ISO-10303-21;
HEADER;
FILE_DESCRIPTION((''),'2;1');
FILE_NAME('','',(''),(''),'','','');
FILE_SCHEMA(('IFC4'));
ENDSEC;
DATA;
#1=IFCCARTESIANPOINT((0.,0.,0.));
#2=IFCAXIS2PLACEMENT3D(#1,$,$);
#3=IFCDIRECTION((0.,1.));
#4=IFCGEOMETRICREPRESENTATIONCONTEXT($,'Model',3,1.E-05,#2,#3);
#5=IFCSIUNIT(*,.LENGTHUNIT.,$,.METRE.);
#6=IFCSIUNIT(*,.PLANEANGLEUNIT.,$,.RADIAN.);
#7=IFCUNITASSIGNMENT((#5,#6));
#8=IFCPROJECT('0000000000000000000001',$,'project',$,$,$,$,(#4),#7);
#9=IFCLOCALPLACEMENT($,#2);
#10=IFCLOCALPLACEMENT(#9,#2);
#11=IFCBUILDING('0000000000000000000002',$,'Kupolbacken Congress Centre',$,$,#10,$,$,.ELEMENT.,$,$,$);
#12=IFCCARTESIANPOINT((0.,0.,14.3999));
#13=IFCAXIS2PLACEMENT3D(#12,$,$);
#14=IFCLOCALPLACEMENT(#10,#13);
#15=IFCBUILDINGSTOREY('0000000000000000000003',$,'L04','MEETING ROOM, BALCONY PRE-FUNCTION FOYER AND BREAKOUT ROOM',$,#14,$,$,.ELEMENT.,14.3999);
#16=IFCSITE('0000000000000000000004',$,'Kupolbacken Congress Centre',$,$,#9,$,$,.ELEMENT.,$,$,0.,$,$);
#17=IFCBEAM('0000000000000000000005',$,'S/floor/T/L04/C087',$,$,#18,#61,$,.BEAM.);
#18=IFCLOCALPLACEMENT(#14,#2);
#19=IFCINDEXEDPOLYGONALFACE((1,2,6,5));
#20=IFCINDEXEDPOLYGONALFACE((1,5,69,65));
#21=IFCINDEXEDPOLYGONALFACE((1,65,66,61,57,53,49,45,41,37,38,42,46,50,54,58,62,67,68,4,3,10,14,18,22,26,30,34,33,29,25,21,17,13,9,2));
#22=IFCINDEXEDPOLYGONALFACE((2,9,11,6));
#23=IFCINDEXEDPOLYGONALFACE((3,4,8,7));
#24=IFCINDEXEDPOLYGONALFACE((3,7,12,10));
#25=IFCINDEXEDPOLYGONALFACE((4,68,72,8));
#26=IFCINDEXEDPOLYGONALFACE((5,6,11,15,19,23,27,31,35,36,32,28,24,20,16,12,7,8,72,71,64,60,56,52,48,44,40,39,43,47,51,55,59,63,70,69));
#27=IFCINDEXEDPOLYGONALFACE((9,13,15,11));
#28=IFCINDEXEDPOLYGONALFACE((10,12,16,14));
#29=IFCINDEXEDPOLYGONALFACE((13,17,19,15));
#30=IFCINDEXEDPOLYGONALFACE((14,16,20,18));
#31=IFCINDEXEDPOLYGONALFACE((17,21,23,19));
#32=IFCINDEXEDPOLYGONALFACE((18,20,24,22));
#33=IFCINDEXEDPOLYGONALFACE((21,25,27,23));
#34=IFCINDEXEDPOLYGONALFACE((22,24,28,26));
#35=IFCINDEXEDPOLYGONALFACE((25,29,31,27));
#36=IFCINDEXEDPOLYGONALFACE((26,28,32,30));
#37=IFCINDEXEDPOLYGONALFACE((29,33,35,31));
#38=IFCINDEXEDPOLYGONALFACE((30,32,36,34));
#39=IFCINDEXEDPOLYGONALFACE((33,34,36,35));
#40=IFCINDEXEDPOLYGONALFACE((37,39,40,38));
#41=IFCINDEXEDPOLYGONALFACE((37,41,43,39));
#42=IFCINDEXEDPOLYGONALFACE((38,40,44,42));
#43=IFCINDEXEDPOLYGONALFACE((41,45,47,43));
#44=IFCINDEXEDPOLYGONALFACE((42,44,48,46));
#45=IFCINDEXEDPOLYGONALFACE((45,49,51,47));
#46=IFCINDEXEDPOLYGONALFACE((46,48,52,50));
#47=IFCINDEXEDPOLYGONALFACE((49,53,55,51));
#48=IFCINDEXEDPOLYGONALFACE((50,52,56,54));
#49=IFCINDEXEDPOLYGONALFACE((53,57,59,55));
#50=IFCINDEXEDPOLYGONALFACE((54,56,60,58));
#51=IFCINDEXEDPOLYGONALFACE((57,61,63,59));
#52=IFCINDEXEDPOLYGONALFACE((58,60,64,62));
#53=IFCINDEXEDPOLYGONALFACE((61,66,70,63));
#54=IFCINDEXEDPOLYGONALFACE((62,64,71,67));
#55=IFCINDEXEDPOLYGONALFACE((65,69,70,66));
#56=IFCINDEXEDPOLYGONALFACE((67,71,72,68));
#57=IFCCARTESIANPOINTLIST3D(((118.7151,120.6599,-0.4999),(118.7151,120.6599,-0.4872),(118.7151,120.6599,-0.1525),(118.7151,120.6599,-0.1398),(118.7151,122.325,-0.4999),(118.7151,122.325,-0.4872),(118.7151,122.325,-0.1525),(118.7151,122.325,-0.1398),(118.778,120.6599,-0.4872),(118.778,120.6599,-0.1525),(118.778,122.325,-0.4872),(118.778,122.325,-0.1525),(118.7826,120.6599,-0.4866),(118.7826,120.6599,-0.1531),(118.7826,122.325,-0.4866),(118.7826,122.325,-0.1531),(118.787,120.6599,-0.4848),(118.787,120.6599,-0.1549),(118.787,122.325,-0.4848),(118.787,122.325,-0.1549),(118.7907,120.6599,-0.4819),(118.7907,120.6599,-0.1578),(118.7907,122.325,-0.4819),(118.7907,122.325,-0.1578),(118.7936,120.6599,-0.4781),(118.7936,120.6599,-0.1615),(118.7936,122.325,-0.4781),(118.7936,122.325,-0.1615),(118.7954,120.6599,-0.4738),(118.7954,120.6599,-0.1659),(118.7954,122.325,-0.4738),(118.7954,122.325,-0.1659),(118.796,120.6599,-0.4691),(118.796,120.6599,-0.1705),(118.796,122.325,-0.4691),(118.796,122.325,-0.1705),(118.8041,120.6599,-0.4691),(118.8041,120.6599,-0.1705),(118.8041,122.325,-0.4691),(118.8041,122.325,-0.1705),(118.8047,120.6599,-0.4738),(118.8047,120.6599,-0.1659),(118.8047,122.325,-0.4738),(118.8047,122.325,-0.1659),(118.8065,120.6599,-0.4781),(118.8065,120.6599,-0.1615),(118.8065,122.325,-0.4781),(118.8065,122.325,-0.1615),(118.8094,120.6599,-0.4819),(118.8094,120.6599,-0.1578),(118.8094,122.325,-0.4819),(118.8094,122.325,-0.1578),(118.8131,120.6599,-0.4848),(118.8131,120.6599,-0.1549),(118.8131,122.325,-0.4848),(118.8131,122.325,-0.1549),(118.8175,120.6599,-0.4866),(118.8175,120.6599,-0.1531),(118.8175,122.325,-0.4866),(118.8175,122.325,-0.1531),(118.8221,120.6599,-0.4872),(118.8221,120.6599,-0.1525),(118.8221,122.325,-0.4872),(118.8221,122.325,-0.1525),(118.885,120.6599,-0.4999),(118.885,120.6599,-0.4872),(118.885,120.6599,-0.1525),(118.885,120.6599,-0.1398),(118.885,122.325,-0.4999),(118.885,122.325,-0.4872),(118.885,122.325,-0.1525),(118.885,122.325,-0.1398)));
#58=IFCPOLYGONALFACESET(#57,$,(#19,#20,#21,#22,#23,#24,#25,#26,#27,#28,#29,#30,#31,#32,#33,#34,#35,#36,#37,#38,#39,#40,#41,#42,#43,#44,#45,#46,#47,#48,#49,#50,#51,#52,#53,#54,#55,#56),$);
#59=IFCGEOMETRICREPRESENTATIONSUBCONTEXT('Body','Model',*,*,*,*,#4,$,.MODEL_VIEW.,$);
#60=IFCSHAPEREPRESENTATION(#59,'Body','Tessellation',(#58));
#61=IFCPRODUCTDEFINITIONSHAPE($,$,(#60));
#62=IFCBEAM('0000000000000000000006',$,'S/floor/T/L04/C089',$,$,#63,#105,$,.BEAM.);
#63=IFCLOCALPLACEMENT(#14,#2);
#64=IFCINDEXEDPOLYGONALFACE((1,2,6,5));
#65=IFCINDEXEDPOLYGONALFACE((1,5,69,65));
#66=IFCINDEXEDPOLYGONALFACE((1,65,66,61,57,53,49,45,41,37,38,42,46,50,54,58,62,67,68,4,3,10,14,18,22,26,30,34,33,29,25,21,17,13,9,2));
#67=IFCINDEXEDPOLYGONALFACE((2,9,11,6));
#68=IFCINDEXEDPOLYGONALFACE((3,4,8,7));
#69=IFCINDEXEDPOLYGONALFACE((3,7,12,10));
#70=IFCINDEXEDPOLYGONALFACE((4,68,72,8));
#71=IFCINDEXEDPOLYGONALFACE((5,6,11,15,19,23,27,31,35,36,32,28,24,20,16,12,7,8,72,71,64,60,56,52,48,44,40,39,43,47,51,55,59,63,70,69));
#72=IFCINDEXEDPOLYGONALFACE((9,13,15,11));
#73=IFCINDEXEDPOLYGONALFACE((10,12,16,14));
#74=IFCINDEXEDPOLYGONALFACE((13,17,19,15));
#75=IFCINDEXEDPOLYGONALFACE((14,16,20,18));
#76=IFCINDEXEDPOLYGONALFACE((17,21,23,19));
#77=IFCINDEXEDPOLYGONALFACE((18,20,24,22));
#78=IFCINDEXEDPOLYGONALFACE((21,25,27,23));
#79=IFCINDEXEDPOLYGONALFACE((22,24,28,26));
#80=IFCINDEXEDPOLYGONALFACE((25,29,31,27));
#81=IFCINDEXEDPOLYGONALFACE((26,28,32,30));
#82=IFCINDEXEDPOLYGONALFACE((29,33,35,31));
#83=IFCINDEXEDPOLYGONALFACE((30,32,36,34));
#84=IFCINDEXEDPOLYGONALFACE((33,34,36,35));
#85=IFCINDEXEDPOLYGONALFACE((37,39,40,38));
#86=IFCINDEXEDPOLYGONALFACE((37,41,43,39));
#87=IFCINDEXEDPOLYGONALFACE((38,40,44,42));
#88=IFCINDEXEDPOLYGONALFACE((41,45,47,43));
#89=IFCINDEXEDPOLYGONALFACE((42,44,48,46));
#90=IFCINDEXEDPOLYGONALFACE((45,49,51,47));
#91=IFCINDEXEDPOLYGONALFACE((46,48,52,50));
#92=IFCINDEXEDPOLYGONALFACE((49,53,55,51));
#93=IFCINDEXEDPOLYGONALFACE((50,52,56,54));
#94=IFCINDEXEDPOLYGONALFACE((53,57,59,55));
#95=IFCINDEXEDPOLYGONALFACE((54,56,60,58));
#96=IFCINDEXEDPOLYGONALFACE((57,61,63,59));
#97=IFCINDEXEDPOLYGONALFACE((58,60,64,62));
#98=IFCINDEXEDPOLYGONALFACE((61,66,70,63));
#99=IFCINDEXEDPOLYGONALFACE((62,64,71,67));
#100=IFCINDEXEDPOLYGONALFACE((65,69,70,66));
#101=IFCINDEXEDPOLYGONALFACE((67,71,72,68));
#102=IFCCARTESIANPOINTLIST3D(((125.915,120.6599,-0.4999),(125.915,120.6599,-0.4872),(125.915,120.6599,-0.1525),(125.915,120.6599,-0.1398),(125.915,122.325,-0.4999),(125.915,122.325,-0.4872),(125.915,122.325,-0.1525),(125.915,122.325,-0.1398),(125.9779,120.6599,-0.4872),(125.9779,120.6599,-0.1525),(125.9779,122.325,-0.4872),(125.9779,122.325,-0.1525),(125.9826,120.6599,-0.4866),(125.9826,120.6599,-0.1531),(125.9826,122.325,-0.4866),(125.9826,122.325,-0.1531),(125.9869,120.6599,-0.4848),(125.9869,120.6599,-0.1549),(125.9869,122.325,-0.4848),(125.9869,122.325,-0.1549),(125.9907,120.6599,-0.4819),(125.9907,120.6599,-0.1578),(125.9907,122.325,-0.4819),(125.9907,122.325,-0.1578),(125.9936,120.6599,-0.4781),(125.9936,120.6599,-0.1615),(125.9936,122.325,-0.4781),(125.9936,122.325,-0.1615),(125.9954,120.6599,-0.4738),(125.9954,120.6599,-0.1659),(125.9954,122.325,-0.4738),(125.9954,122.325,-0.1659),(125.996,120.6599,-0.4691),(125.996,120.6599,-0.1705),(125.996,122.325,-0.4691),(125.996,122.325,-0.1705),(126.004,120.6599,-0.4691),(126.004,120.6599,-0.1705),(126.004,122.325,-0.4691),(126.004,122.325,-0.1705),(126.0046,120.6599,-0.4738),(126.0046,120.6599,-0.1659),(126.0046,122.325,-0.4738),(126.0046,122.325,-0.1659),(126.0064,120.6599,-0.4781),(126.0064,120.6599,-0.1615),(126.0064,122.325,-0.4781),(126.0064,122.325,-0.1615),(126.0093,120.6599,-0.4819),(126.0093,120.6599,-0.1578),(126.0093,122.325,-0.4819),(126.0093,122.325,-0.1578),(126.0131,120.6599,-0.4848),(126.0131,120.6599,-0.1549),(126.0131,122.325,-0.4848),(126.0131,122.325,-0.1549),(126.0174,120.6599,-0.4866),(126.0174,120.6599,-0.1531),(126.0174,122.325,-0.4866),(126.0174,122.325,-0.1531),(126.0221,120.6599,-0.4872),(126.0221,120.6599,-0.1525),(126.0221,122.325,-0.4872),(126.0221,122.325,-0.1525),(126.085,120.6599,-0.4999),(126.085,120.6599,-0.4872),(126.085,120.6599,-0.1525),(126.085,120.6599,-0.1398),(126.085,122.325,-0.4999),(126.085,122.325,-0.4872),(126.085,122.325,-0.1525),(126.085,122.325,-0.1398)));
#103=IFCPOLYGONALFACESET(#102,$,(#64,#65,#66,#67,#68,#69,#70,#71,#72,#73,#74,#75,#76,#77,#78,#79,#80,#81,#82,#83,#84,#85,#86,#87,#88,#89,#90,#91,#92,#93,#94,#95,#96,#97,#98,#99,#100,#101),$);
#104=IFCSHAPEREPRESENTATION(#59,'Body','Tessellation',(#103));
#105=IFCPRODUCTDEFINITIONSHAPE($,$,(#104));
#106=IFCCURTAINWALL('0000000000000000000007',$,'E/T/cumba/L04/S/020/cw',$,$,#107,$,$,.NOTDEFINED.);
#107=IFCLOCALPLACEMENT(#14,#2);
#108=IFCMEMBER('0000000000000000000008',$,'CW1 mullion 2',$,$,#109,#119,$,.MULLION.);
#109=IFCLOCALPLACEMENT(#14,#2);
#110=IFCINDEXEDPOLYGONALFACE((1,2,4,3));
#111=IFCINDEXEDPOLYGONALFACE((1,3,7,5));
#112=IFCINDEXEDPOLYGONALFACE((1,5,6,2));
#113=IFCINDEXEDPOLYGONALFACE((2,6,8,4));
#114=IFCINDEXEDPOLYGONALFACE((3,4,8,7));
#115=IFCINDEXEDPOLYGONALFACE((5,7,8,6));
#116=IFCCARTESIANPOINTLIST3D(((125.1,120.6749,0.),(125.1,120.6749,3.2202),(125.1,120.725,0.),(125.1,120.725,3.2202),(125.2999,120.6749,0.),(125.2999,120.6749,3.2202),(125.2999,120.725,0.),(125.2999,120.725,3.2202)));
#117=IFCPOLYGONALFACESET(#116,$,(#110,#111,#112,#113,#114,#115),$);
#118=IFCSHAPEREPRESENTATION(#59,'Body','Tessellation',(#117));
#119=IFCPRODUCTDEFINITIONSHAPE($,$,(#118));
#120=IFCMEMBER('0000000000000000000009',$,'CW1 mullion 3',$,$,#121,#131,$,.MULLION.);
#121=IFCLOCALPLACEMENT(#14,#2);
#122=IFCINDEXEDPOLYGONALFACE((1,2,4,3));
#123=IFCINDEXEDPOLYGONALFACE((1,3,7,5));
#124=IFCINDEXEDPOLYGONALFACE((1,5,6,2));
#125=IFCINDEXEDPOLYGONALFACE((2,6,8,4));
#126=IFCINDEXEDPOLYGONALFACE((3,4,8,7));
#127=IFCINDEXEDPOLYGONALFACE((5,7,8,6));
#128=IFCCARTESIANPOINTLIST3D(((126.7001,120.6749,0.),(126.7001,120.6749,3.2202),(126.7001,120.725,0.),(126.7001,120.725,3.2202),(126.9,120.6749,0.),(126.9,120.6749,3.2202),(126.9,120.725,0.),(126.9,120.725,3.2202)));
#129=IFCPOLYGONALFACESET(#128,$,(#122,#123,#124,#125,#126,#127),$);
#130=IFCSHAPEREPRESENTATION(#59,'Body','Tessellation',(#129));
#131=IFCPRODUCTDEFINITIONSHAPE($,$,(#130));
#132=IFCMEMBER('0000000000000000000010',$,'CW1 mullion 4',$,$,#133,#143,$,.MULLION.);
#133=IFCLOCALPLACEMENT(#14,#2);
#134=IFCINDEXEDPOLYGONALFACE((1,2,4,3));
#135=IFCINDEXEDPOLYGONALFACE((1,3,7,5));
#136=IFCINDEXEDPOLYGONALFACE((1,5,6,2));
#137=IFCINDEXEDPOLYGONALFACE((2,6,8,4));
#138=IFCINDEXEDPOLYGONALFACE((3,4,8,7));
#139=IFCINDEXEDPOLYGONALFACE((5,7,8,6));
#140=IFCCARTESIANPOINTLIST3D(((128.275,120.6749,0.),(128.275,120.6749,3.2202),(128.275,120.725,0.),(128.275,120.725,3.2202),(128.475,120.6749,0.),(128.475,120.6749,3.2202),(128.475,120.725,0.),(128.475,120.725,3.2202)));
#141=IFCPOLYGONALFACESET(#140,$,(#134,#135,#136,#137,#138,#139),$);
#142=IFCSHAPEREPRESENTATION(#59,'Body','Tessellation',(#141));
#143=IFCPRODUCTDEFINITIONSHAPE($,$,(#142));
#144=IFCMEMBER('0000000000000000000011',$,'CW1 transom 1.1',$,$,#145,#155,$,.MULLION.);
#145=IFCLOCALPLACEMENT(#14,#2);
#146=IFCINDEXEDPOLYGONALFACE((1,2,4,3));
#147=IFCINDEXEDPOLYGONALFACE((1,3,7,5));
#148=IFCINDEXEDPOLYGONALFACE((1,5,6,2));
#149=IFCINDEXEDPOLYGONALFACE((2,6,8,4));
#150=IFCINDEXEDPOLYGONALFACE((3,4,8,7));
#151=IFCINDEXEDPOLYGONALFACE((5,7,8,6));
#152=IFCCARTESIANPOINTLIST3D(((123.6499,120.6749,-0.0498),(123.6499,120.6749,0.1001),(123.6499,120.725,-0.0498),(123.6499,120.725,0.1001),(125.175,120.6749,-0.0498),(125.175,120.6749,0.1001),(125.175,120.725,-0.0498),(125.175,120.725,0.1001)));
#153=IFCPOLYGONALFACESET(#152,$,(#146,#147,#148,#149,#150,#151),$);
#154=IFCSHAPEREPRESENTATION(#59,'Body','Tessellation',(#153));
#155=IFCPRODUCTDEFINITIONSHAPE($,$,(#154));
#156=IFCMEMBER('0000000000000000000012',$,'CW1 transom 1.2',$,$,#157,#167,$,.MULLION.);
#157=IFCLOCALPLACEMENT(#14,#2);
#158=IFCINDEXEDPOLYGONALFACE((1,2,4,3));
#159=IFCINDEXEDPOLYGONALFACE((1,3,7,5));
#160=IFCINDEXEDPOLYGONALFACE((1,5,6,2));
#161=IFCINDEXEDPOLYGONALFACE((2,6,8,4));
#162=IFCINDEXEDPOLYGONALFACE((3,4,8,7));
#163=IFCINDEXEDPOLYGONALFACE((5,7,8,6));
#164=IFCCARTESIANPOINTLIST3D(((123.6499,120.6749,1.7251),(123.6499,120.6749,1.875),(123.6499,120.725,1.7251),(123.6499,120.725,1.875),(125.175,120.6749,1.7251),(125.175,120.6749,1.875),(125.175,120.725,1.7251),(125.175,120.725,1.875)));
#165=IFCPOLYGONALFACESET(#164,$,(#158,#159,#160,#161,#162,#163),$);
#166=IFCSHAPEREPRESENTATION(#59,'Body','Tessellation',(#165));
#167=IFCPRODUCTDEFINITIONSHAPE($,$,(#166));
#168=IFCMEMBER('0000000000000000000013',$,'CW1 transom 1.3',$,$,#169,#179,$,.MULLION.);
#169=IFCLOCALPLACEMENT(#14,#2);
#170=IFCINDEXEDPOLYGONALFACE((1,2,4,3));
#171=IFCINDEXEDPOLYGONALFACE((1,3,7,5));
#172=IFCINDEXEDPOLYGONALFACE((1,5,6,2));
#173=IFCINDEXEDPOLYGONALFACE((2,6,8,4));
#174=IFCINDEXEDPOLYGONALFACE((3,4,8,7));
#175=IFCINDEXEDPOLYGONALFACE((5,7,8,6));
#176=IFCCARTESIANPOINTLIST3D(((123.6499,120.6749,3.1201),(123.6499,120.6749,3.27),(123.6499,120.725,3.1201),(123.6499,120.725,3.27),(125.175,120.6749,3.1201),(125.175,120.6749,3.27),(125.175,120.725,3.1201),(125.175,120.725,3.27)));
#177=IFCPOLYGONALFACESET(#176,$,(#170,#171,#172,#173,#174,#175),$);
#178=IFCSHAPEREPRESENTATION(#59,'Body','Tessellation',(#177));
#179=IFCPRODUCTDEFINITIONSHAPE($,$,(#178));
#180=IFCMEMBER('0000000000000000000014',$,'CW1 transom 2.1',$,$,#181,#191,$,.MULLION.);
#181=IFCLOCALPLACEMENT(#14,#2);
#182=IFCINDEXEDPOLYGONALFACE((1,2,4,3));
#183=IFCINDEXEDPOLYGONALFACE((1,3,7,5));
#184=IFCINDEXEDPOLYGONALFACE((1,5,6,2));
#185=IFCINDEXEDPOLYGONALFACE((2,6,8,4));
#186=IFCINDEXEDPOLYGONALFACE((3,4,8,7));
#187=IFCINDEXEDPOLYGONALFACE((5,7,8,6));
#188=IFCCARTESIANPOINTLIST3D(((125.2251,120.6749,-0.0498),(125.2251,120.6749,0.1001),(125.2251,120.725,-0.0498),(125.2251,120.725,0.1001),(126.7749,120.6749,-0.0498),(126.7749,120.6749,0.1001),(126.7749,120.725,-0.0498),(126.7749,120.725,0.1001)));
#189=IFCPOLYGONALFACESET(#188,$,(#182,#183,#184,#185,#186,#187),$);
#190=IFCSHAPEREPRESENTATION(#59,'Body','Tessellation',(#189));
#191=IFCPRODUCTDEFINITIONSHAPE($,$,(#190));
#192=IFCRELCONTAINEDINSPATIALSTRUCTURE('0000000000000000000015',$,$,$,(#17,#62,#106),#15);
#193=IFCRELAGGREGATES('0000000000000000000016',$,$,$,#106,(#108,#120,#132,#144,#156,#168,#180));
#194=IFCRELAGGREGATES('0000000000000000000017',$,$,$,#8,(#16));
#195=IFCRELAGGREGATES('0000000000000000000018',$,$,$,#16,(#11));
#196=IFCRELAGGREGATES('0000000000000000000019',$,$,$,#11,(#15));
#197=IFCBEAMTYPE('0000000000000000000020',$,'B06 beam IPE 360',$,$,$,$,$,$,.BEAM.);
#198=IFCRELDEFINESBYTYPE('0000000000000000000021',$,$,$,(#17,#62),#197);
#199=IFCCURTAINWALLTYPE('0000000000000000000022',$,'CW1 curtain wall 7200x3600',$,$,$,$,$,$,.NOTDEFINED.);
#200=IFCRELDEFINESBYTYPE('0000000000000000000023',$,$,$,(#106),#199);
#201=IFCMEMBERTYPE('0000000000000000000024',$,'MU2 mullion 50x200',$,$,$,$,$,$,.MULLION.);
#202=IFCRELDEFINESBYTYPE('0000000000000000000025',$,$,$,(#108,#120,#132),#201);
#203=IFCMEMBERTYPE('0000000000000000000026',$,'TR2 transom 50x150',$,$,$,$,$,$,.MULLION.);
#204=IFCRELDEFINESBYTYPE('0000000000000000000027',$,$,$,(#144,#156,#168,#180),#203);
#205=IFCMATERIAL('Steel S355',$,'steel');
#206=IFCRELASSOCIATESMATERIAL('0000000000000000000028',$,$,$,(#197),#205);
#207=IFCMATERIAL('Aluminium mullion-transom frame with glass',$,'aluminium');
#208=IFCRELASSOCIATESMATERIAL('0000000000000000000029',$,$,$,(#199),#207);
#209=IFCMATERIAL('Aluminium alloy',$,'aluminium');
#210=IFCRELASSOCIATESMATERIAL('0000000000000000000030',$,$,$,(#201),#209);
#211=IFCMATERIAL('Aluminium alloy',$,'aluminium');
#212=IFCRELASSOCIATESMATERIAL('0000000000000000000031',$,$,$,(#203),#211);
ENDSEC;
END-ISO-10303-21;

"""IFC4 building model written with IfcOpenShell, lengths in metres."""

from ifc_helpers import new_model, si_unit, direction, frame, origin, origin_2d, place, context, subcontext, project, spatial, rectangle, i_section, extrude, material, material_profile, profile_set, type_object, element, aggregate, save


model = new_model("IFC4")

# Units and contexts
model_context = context("Model", 3, precision=1e-05, world=origin(), true_north=direction((0.0, 1.0)))
body_context = subcontext(model_context, "Body", "Model", "MODEL_VIEW")
ifc_project = project(units=[si_unit("LENGTHUNIT", "METRE"), si_unit("PLANEANGLEUNIT", "RADIAN")], contexts=[model_context])

# Site, building, storey
site_placement = place(None, origin())
site = spatial("IfcSite", under=ifc_project, at=site_placement, Name="Kupolbacken Congress Centre", CompositionType="ELEMENT", RefElevation=0.0)
building_placement = place(site_placement, origin())
building = spatial("IfcBuilding", under=site, at=building_placement, Name="Kupolbacken Congress Centre", CompositionType="ELEMENT")
storey_placement = place(building_placement, frame((0.0, 0.0, 14.3999)))
storey = spatial("IfcBuildingStorey", under=building, at=storey_placement, Name="L04", Description="MEETING ROOM, BALCONY PRE-FUNCTION FOYER AND BREAKOUT ROOM", CompositionType="ELEMENT", Elevation=14.3999)

# Beams
ifc_material_1 = material(Name="Steel S355", Category="steel")
ifc_material_profile_1 = material_profile(ifc_material_1, i_section(OverallWidth=0.1699, OverallDepth=0.3601, WebThickness=0.0081, FlangeThickness=0.0127, FilletRadius=0.0181, at=origin_2d()), Name="IPE 360")
ifc_profile_set_1 = profile_set([ifc_material_profile_1], Name="Steel S355")
beam_type = type_object("IfcBeamType", Name="B06 beam IPE 360", PredefinedType="BEAM", material=ifc_profile_set_1)
for number, where, z_axis, x_axis, name in (
    (1, (118.8, 122.325, -0.3198), (0.0, -1.0, 0.0), (1.0, 0.0, 0.0), "S/floor/T/L04/C087"),
    (2, (126.0, 122.325, -0.3198), (0.0, -1.0, 0.0), (1.0, 0.0, 0.0), "S/floor/T/L04/C089"),
):
    element("IfcBeam", number, at=place(storey_placement, frame(where, z_axis=z_axis, x_axis=x_axis)), inside=storey, type_object=beam_type, Name=name, PredefinedType="BEAM", context=body_context, shape_type="SweptSolid", body=[
        extrude(i_section(OverallWidth=0.1699, OverallDepth=0.3601, WebThickness=0.0081, FlangeThickness=0.0127, FilletRadius=0.0181, at=origin_2d()), origin(), (0.0, 0.0, 1.0), 1.665),
    ])

# Curtain wall, members
ifc_material_2 = material(Name="Aluminium mullion-transom frame with glass", Category="aluminium")
curtain_wall_type = type_object("IfcCurtainWallType", Name="CW1 curtain wall 7200x3600", PredefinedType="NOTDEFINED", material=ifc_material_2)
curtain_wall_placement = place(storey_placement, origin())
curtain_wall = element("IfcCurtainWall", 3, at=curtain_wall_placement, inside=storey, type_object=curtain_wall_type, Name="E/T/cumba/L04/S/020/cw", PredefinedType="NOTDEFINED")
ifc_material_3 = material(Name="Aluminium alloy", Category="aluminium")
ifc_material_profile_2 = material_profile(ifc_material_3, rectangle(XDim=0.05, YDim=0.2, at=origin_2d()), Name="50 x 200")
ifc_profile_set_2 = profile_set([ifc_material_profile_2], Name="Aluminium alloy")
member_type_1 = type_object("IfcMemberType", Name="MU2 mullion 50x200", PredefinedType="MULLION", material=ifc_profile_set_2)
member_1_placement = place(storey_placement, frame((125.2, 120.7, 0.0), z_axis=(0.0, 0.0, 1.0), x_axis=(0.0, 1.0, 0.0)))
member_1 = element("IfcMember", 4, at=member_1_placement, type_object=member_type_1, Name="CW1 mullion 2", PredefinedType="MULLION", context=body_context, shape_type="SweptSolid", body=[
    extrude(rectangle(XDim=0.05, YDim=0.2, at=origin_2d()), origin(), (0.0, 0.0, 1.0), 3.2202),
])
member_2_placement = place(storey_placement, frame((126.8, 120.7, 0.0), z_axis=(0.0, 0.0, 1.0), x_axis=(0.0, 1.0, 0.0)))
member_2 = element("IfcMember", 5, at=member_2_placement, type_object=member_type_1, Name="CW1 mullion 3", PredefinedType="MULLION", context=body_context, shape_type="SweptSolid", body=[
    extrude(rectangle(XDim=0.05, YDim=0.2, at=origin_2d()), origin(), (0.0, 0.0, 1.0), 3.2202),
])
member_3_placement = place(storey_placement, frame((128.375, 120.7, 0.0), z_axis=(0.0, 0.0, 1.0), x_axis=(0.0, 1.0, 0.0)))
member_3 = element("IfcMember", 6, at=member_3_placement, type_object=member_type_1, Name="CW1 mullion 4", PredefinedType="MULLION", context=body_context, shape_type="SweptSolid", body=[
    extrude(rectangle(XDim=0.05, YDim=0.2, at=origin_2d()), origin(), (0.0, 0.0, 1.0), 3.2202),
])
ifc_material_4 = material(Name="Aluminium alloy", Category="aluminium")
ifc_material_profile_3 = material_profile(ifc_material_4, rectangle(XDim=0.05, YDim=0.1499, at=origin_2d()), Name="50 x 150")
ifc_profile_set_3 = profile_set([ifc_material_profile_3], Name="Aluminium alloy")
member_type_2 = type_object("IfcMemberType", Name="TR2 transom 50x150", PredefinedType="MULLION", material=ifc_profile_set_3)
member_4_placement = place(storey_placement, frame((123.6499, 120.7, 0.0251), z_axis=(1.0, 0.0, 0.0), x_axis=(0.0, 1.0, 0.0)))
member_4 = element("IfcMember", 7, at=member_4_placement, type_object=member_type_2, Name="CW1 transom 1.1", PredefinedType="MULLION", context=body_context, shape_type="SweptSolid", body=[
    extrude(rectangle(XDim=0.05, YDim=0.1499, at=origin_2d()), origin(), (0.0, 0.0, 1.0), 1.5251),
])
member_5_placement = place(storey_placement, frame((123.6499, 120.7, 1.8), z_axis=(1.0, 0.0, 0.0), x_axis=(0.0, 1.0, 0.0)))
member_5 = element("IfcMember", 8, at=member_5_placement, type_object=member_type_2, Name="CW1 transom 1.2", PredefinedType="MULLION", context=body_context, shape_type="SweptSolid", body=[
    extrude(rectangle(XDim=0.05, YDim=0.1499, at=origin_2d()), origin(), (0.0, 0.0, 1.0), 1.5251),
])
member_6_placement = place(storey_placement, frame((123.6499, 120.7, 3.1951), z_axis=(1.0, 0.0, 0.0), x_axis=(0.0, 1.0, 0.0)))
member_6 = element("IfcMember", 9, at=member_6_placement, type_object=member_type_2, Name="CW1 transom 1.3", PredefinedType="MULLION", context=body_context, shape_type="SweptSolid", body=[
    extrude(rectangle(XDim=0.05, YDim=0.1499, at=origin_2d()), origin(), (0.0, 0.0, 1.0), 1.5251),
])
member_7_placement = place(storey_placement, frame((125.2251, 120.7, 0.0251), z_axis=(1.0, 0.0, 0.0), x_axis=(0.0, 1.0, 0.0)))
member_7 = element("IfcMember", 10, at=member_7_placement, type_object=member_type_2, Name="CW1 transom 2.1", PredefinedType="MULLION", context=body_context, shape_type="SweptSolid", body=[
    extrude(rectangle(XDim=0.05, YDim=0.1499, at=origin_2d()), origin(), (0.0, 0.0, 1.0), 1.5498),
])
aggregate(curtain_wall, [member_1, member_2, member_3, member_4, member_5, member_6, member_7])

save(model, "model.ifc")
